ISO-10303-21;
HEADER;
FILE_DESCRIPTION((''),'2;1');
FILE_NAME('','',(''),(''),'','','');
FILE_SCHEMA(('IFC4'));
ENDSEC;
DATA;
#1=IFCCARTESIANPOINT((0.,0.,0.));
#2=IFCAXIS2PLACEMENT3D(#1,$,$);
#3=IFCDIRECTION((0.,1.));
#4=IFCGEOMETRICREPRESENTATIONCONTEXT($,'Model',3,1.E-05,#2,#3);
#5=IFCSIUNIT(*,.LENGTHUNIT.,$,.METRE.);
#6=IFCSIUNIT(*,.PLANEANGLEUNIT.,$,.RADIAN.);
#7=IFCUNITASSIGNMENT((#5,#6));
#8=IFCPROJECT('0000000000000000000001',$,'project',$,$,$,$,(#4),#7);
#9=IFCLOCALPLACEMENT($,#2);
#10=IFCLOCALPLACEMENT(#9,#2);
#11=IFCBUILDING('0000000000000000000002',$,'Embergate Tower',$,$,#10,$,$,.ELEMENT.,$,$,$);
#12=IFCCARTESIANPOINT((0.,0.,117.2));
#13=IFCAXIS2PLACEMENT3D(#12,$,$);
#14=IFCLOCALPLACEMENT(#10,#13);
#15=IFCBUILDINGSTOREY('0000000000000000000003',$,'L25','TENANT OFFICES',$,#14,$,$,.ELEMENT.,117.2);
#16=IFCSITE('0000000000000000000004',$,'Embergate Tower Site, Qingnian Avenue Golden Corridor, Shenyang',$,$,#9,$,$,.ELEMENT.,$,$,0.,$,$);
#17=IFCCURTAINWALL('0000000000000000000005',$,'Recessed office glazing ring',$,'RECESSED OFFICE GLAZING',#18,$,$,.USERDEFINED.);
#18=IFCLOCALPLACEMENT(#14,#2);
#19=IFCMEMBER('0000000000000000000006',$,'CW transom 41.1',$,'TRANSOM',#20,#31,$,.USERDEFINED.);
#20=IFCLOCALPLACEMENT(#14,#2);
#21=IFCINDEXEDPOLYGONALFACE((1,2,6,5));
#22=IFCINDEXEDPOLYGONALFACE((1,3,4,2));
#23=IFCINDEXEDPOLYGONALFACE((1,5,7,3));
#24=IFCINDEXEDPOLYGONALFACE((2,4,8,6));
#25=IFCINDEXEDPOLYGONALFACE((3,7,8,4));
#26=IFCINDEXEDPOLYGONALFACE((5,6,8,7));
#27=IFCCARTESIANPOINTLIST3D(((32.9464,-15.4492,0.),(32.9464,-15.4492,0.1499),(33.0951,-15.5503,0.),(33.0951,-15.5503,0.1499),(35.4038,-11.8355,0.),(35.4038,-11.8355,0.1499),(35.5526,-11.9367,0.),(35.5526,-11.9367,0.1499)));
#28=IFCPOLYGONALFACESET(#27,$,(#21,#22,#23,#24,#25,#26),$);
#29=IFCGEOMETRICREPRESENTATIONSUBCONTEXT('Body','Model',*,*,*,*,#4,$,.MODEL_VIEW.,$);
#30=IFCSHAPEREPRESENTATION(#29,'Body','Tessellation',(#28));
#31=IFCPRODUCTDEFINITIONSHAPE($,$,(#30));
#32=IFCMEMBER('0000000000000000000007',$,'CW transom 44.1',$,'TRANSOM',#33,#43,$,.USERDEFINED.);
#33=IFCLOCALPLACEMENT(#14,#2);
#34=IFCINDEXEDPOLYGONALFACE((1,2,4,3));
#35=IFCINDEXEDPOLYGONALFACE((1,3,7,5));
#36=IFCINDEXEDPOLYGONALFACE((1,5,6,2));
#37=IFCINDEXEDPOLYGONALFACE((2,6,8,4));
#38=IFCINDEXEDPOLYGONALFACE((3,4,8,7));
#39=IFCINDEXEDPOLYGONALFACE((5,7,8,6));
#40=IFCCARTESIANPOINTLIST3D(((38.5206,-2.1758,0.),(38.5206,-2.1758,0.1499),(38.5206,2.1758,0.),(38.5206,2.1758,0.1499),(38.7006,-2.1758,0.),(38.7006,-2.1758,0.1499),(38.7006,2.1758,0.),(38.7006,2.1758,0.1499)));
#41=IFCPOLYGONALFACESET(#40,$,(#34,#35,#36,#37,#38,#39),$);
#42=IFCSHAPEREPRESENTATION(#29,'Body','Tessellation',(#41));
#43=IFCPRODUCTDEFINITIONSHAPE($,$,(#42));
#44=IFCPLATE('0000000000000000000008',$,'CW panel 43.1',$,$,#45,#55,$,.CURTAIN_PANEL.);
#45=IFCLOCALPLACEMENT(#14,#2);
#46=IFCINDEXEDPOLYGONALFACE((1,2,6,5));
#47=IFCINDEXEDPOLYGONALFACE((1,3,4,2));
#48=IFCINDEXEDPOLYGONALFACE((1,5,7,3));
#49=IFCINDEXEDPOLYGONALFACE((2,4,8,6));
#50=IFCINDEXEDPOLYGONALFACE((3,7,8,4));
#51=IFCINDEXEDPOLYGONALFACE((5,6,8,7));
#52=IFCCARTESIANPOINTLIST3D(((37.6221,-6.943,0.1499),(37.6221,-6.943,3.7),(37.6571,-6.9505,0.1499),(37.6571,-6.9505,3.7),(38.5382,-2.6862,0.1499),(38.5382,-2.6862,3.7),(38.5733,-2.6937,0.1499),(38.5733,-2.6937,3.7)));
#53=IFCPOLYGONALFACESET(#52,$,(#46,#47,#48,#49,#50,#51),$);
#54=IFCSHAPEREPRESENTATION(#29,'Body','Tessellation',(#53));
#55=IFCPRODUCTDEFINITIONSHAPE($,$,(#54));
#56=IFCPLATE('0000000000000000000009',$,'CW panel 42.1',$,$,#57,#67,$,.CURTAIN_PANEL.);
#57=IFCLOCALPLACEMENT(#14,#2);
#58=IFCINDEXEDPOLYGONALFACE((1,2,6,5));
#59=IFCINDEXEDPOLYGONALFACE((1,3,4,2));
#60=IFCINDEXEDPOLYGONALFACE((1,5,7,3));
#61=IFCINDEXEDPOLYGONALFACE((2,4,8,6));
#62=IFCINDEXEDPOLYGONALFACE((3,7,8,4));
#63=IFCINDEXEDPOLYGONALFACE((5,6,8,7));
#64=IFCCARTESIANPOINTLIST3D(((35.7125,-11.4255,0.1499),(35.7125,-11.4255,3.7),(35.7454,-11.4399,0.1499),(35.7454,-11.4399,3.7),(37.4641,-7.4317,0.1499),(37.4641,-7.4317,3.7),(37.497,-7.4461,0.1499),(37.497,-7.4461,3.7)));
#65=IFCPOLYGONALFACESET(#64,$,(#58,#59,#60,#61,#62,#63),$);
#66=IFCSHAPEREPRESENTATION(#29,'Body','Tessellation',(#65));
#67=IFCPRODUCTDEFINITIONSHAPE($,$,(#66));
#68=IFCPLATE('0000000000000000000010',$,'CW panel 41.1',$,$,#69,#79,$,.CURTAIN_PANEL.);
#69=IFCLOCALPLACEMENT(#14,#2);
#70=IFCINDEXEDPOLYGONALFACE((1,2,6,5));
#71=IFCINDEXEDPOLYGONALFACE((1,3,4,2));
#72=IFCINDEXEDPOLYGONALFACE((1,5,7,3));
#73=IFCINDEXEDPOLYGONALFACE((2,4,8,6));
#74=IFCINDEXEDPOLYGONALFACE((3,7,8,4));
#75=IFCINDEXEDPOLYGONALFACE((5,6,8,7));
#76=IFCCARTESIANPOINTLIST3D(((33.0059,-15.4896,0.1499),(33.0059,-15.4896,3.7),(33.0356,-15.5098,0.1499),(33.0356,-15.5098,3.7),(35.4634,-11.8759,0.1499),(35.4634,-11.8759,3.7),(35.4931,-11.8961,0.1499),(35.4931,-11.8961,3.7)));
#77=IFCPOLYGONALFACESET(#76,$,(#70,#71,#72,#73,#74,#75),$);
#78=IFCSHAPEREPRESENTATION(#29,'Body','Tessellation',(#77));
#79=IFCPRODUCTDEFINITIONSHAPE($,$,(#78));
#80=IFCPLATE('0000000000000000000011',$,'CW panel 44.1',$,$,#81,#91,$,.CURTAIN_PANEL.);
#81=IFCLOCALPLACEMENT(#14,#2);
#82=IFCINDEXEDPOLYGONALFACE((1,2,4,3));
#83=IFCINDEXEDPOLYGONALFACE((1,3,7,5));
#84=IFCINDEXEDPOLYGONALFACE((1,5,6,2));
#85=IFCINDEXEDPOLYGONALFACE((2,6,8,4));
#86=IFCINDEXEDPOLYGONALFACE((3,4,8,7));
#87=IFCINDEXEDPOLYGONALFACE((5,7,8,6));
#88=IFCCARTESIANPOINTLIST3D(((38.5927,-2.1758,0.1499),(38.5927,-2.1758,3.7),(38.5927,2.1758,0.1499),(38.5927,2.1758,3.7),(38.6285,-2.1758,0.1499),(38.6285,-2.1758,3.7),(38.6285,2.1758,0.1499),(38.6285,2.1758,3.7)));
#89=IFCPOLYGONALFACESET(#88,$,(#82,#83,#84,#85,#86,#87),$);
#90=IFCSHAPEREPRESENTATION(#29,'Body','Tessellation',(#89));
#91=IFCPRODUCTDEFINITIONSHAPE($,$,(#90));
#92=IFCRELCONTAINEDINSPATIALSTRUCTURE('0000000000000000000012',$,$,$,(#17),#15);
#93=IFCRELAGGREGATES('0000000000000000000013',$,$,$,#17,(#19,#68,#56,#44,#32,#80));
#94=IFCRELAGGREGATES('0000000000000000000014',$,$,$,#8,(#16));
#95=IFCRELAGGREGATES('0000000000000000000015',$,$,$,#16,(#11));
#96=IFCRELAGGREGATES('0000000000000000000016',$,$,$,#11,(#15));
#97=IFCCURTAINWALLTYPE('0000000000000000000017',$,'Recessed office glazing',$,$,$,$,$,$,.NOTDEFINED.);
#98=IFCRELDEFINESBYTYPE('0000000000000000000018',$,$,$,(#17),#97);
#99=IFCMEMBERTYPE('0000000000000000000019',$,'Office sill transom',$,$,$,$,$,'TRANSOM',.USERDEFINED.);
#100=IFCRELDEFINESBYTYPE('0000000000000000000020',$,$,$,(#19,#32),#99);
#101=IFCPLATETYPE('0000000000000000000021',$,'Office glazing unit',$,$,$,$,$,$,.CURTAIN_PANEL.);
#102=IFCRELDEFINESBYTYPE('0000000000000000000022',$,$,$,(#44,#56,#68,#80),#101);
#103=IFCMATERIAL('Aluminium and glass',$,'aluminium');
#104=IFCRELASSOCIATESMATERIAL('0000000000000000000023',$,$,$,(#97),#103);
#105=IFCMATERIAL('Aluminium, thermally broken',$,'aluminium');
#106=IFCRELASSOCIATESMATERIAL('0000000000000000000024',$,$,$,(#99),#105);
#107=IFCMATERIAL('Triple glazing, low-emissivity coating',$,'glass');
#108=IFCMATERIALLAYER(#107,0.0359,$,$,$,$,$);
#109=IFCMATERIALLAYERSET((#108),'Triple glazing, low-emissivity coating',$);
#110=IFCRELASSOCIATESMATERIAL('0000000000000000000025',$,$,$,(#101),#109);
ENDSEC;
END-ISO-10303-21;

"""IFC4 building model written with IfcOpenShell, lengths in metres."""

from ifc_helpers import new_model, si_unit, direction, frame, origin, origin_2d, place, context, subcontext, project, spatial, rectangle, extrude, source, transform, mapped, material, layer, layer_set, material_profile, profile_set, type_object, element, aggregate, save


model = new_model("IFC4")

# Units and contexts
model_context = context("Model", 3, precision=1e-05, world=origin(), true_north=direction((0.0, 1.0)))
body_context = subcontext(model_context, "Body", "Model", "MODEL_VIEW")
ifc_project = project(units=[si_unit("LENGTHUNIT", "METRE"), si_unit("PLANEANGLEUNIT", "RADIAN")], contexts=[model_context])

# Site, building, storey
site_placement = place(None, origin())
site = spatial("IfcSite", under=ifc_project, at=site_placement, Name="Embergate Tower Site, Qingnian Avenue Golden Corridor, Shenyang", CompositionType="ELEMENT", RefElevation=0.0)
building_placement = place(site_placement, origin())
building = spatial("IfcBuilding", under=site, at=building_placement, Name="Embergate Tower", CompositionType="ELEMENT")
storey_placement = place(building_placement, frame((0.0, 0.0, 117.2)))
storey = spatial("IfcBuildingStorey", under=building, at=storey_placement, Name="L25", Description="TENANT OFFICES", CompositionType="ELEMENT", Elevation=117.2)

# Curtain wall, members, plates
ifc_material_1 = material(Name="Aluminium and glass", Category="aluminium")
curtain_wall_type = type_object("IfcCurtainWallType", Name="Recessed office glazing", PredefinedType="NOTDEFINED", material=ifc_material_1)
curtain_wall_placement = place(storey_placement, origin())
curtain_wall = element("IfcCurtainWall", 1, at=curtain_wall_placement, inside=storey, type_object=curtain_wall_type, Name="Recessed office glazing ring", ObjectType="RECESSED OFFICE GLAZING", PredefinedType="USERDEFINED")
ifc_material_2 = material(Name="Aluminium, thermally broken", Category="aluminium")
ifc_material_profile_1 = material_profile(ifc_material_2, rectangle(XDim=0.1799, YDim=0.1499, at=origin_2d()), Name="AL 150x180")
ifc_profile_set_1 = profile_set([ifc_material_profile_1], Name="Aluminium, thermally broken")
member_type_1 = type_object("IfcMemberType", Name="Office sill transom", ElementType="TRANSOM", PredefinedType="USERDEFINED", material=ifc_profile_set_1)
shared_shape_1 = source(origin(), body_context, "Body", "SweptSolid", [
    extrude(rectangle(XDim=0.1799, YDim=0.1499, at=origin_2d()), origin(), (0.0, 0.0, 1.0), 4.3701),
])
member_1_placement = place(storey_placement, frame((33.0208, -15.4998, 0.075), z_axis=(0.562334, 0.82691, 0.0), x_axis=(-0.82691, 0.562334, 0.0)))
member_1 = element("IfcMember", 2, at=member_1_placement, type_object=member_type_1, Name="CW transom 41.1", ObjectType="TRANSOM", PredefinedType="USERDEFINED", context=body_context, shape_type="MappedRepresentation", body=[
    mapped(shared_shape_1, transform((0.0, 0.0, 0.0))),
])
shared_shape_2 = source(origin(), body_context, "Body", "SweptSolid", [
    extrude(rectangle(XDim=0.1799, YDim=0.1499, at=origin_2d()), origin(), (0.0, 0.0, 1.0), 4.3516),
])
member_2_placement = place(storey_placement, frame((38.6106, -2.1758, 0.075), z_axis=(0.0, 1.0, 0.0), x_axis=(-1.0, 0.0, 0.0)))
member_2 = element("IfcMember", 3, at=member_2_placement, type_object=member_type_1, Name="CW transom 44.1", ObjectType="TRANSOM", PredefinedType="USERDEFINED", context=body_context, shape_type="MappedRepresentation", body=[
    mapped(shared_shape_2, transform((0.0, 0.0, 0.0))),
])
ifc_material_3 = material(Name="Triple glazing, low-emissivity coating", Category="glass")
ifc_layer_1 = layer(ifc_material_3, 0.0359)
ifc_layer_set_1 = layer_set([ifc_layer_1], Name="Triple glazing, low-emissivity coating")
plate_type = type_object("IfcPlateType", Name="Office glazing unit", PredefinedType="CURTAIN_PANEL", material=ifc_layer_set_1)
shared_shape_3 = source(origin(), body_context, "Body", "SweptSolid", [
    extrude(rectangle(XDim=4.3542, YDim=0.0359, at=origin_2d()), origin(), (0.0, 0.0, 1.0), 3.55),
])
plate_1_placement = place(storey_placement, frame((38.0977, -4.8184, 0.1499), z_axis=(0.0, 0.0, 1.0), x_axis=(0.210395, 0.977616, 0.0)))
plate_1 = element("IfcPlate", 4, at=plate_1_placement, type_object=plate_type, Name="CW panel 43.1", PredefinedType="CURTAIN_PANEL", context=body_context, shape_type="MappedRepresentation", body=[
    mapped(shared_shape_3, transform((0.0, 0.0, 0.0))),
])
shared_shape_4 = source(origin(), body_context, "Body", "SweptSolid", [
    extrude(rectangle(XDim=4.3611, YDim=0.0359, at=origin_2d()), origin(), (0.0, 0.0, 1.0), 3.55),
])
plate_2_placement = place(storey_placement, frame((36.6047, -9.4358, 0.1499), z_axis=(0.0, 0.0, 1.0), x_axis=(0.401647, 0.915794, 0.0)))
plate_2 = element("IfcPlate", 5, at=plate_2_placement, type_object=plate_type, Name="CW panel 42.1", PredefinedType="CURTAIN_PANEL", context=body_context, shape_type="MappedRepresentation", body=[
    mapped(shared_shape_4, transform((0.0, 0.0, 0.0))),
])
shared_shape_5 = source(origin(), body_context, "Body", "SweptSolid", [
    extrude(rectangle(XDim=4.3701, YDim=0.0359, at=origin_2d()), origin(), (0.0, 0.0, 1.0), 3.55),
])
plate_3_placement = place(storey_placement, frame((34.2495, -13.6929, 0.1499), z_axis=(0.0, 0.0, 1.0), x_axis=(0.562337, 0.826908, 0.0)))
plate_3 = element("IfcPlate", 6, at=plate_3_placement, type_object=plate_type, Name="CW panel 41.1", PredefinedType="CURTAIN_PANEL", context=body_context, shape_type="MappedRepresentation", body=[
    mapped(shared_shape_5, transform((0.0, 0.0, 0.0))),
])
shared_shape_6 = source(origin(), body_context, "Body", "SweptSolid", [
    extrude(rectangle(XDim=4.3516, YDim=0.0359, at=origin_2d()), origin(), (0.0, 0.0, 1.0), 3.55),
])
plate_4_placement = place(storey_placement, frame((38.6106, 0.0, 0.1499), z_axis=(0.0, 0.0, 1.0), x_axis=(0.0, 1.0, 0.0)))
plate_4 = element("IfcPlate", 7, at=plate_4_placement, type_object=plate_type, Name="CW panel 44.1", PredefinedType="CURTAIN_PANEL", context=body_context, shape_type="MappedRepresentation", body=[
    mapped(shared_shape_6, transform((0.0, 0.0, 0.0))),
])
aggregate(curtain_wall, [member_1, plate_3, plate_2, plate_1, member_2, plate_4])

save(model, "model.ifc")
